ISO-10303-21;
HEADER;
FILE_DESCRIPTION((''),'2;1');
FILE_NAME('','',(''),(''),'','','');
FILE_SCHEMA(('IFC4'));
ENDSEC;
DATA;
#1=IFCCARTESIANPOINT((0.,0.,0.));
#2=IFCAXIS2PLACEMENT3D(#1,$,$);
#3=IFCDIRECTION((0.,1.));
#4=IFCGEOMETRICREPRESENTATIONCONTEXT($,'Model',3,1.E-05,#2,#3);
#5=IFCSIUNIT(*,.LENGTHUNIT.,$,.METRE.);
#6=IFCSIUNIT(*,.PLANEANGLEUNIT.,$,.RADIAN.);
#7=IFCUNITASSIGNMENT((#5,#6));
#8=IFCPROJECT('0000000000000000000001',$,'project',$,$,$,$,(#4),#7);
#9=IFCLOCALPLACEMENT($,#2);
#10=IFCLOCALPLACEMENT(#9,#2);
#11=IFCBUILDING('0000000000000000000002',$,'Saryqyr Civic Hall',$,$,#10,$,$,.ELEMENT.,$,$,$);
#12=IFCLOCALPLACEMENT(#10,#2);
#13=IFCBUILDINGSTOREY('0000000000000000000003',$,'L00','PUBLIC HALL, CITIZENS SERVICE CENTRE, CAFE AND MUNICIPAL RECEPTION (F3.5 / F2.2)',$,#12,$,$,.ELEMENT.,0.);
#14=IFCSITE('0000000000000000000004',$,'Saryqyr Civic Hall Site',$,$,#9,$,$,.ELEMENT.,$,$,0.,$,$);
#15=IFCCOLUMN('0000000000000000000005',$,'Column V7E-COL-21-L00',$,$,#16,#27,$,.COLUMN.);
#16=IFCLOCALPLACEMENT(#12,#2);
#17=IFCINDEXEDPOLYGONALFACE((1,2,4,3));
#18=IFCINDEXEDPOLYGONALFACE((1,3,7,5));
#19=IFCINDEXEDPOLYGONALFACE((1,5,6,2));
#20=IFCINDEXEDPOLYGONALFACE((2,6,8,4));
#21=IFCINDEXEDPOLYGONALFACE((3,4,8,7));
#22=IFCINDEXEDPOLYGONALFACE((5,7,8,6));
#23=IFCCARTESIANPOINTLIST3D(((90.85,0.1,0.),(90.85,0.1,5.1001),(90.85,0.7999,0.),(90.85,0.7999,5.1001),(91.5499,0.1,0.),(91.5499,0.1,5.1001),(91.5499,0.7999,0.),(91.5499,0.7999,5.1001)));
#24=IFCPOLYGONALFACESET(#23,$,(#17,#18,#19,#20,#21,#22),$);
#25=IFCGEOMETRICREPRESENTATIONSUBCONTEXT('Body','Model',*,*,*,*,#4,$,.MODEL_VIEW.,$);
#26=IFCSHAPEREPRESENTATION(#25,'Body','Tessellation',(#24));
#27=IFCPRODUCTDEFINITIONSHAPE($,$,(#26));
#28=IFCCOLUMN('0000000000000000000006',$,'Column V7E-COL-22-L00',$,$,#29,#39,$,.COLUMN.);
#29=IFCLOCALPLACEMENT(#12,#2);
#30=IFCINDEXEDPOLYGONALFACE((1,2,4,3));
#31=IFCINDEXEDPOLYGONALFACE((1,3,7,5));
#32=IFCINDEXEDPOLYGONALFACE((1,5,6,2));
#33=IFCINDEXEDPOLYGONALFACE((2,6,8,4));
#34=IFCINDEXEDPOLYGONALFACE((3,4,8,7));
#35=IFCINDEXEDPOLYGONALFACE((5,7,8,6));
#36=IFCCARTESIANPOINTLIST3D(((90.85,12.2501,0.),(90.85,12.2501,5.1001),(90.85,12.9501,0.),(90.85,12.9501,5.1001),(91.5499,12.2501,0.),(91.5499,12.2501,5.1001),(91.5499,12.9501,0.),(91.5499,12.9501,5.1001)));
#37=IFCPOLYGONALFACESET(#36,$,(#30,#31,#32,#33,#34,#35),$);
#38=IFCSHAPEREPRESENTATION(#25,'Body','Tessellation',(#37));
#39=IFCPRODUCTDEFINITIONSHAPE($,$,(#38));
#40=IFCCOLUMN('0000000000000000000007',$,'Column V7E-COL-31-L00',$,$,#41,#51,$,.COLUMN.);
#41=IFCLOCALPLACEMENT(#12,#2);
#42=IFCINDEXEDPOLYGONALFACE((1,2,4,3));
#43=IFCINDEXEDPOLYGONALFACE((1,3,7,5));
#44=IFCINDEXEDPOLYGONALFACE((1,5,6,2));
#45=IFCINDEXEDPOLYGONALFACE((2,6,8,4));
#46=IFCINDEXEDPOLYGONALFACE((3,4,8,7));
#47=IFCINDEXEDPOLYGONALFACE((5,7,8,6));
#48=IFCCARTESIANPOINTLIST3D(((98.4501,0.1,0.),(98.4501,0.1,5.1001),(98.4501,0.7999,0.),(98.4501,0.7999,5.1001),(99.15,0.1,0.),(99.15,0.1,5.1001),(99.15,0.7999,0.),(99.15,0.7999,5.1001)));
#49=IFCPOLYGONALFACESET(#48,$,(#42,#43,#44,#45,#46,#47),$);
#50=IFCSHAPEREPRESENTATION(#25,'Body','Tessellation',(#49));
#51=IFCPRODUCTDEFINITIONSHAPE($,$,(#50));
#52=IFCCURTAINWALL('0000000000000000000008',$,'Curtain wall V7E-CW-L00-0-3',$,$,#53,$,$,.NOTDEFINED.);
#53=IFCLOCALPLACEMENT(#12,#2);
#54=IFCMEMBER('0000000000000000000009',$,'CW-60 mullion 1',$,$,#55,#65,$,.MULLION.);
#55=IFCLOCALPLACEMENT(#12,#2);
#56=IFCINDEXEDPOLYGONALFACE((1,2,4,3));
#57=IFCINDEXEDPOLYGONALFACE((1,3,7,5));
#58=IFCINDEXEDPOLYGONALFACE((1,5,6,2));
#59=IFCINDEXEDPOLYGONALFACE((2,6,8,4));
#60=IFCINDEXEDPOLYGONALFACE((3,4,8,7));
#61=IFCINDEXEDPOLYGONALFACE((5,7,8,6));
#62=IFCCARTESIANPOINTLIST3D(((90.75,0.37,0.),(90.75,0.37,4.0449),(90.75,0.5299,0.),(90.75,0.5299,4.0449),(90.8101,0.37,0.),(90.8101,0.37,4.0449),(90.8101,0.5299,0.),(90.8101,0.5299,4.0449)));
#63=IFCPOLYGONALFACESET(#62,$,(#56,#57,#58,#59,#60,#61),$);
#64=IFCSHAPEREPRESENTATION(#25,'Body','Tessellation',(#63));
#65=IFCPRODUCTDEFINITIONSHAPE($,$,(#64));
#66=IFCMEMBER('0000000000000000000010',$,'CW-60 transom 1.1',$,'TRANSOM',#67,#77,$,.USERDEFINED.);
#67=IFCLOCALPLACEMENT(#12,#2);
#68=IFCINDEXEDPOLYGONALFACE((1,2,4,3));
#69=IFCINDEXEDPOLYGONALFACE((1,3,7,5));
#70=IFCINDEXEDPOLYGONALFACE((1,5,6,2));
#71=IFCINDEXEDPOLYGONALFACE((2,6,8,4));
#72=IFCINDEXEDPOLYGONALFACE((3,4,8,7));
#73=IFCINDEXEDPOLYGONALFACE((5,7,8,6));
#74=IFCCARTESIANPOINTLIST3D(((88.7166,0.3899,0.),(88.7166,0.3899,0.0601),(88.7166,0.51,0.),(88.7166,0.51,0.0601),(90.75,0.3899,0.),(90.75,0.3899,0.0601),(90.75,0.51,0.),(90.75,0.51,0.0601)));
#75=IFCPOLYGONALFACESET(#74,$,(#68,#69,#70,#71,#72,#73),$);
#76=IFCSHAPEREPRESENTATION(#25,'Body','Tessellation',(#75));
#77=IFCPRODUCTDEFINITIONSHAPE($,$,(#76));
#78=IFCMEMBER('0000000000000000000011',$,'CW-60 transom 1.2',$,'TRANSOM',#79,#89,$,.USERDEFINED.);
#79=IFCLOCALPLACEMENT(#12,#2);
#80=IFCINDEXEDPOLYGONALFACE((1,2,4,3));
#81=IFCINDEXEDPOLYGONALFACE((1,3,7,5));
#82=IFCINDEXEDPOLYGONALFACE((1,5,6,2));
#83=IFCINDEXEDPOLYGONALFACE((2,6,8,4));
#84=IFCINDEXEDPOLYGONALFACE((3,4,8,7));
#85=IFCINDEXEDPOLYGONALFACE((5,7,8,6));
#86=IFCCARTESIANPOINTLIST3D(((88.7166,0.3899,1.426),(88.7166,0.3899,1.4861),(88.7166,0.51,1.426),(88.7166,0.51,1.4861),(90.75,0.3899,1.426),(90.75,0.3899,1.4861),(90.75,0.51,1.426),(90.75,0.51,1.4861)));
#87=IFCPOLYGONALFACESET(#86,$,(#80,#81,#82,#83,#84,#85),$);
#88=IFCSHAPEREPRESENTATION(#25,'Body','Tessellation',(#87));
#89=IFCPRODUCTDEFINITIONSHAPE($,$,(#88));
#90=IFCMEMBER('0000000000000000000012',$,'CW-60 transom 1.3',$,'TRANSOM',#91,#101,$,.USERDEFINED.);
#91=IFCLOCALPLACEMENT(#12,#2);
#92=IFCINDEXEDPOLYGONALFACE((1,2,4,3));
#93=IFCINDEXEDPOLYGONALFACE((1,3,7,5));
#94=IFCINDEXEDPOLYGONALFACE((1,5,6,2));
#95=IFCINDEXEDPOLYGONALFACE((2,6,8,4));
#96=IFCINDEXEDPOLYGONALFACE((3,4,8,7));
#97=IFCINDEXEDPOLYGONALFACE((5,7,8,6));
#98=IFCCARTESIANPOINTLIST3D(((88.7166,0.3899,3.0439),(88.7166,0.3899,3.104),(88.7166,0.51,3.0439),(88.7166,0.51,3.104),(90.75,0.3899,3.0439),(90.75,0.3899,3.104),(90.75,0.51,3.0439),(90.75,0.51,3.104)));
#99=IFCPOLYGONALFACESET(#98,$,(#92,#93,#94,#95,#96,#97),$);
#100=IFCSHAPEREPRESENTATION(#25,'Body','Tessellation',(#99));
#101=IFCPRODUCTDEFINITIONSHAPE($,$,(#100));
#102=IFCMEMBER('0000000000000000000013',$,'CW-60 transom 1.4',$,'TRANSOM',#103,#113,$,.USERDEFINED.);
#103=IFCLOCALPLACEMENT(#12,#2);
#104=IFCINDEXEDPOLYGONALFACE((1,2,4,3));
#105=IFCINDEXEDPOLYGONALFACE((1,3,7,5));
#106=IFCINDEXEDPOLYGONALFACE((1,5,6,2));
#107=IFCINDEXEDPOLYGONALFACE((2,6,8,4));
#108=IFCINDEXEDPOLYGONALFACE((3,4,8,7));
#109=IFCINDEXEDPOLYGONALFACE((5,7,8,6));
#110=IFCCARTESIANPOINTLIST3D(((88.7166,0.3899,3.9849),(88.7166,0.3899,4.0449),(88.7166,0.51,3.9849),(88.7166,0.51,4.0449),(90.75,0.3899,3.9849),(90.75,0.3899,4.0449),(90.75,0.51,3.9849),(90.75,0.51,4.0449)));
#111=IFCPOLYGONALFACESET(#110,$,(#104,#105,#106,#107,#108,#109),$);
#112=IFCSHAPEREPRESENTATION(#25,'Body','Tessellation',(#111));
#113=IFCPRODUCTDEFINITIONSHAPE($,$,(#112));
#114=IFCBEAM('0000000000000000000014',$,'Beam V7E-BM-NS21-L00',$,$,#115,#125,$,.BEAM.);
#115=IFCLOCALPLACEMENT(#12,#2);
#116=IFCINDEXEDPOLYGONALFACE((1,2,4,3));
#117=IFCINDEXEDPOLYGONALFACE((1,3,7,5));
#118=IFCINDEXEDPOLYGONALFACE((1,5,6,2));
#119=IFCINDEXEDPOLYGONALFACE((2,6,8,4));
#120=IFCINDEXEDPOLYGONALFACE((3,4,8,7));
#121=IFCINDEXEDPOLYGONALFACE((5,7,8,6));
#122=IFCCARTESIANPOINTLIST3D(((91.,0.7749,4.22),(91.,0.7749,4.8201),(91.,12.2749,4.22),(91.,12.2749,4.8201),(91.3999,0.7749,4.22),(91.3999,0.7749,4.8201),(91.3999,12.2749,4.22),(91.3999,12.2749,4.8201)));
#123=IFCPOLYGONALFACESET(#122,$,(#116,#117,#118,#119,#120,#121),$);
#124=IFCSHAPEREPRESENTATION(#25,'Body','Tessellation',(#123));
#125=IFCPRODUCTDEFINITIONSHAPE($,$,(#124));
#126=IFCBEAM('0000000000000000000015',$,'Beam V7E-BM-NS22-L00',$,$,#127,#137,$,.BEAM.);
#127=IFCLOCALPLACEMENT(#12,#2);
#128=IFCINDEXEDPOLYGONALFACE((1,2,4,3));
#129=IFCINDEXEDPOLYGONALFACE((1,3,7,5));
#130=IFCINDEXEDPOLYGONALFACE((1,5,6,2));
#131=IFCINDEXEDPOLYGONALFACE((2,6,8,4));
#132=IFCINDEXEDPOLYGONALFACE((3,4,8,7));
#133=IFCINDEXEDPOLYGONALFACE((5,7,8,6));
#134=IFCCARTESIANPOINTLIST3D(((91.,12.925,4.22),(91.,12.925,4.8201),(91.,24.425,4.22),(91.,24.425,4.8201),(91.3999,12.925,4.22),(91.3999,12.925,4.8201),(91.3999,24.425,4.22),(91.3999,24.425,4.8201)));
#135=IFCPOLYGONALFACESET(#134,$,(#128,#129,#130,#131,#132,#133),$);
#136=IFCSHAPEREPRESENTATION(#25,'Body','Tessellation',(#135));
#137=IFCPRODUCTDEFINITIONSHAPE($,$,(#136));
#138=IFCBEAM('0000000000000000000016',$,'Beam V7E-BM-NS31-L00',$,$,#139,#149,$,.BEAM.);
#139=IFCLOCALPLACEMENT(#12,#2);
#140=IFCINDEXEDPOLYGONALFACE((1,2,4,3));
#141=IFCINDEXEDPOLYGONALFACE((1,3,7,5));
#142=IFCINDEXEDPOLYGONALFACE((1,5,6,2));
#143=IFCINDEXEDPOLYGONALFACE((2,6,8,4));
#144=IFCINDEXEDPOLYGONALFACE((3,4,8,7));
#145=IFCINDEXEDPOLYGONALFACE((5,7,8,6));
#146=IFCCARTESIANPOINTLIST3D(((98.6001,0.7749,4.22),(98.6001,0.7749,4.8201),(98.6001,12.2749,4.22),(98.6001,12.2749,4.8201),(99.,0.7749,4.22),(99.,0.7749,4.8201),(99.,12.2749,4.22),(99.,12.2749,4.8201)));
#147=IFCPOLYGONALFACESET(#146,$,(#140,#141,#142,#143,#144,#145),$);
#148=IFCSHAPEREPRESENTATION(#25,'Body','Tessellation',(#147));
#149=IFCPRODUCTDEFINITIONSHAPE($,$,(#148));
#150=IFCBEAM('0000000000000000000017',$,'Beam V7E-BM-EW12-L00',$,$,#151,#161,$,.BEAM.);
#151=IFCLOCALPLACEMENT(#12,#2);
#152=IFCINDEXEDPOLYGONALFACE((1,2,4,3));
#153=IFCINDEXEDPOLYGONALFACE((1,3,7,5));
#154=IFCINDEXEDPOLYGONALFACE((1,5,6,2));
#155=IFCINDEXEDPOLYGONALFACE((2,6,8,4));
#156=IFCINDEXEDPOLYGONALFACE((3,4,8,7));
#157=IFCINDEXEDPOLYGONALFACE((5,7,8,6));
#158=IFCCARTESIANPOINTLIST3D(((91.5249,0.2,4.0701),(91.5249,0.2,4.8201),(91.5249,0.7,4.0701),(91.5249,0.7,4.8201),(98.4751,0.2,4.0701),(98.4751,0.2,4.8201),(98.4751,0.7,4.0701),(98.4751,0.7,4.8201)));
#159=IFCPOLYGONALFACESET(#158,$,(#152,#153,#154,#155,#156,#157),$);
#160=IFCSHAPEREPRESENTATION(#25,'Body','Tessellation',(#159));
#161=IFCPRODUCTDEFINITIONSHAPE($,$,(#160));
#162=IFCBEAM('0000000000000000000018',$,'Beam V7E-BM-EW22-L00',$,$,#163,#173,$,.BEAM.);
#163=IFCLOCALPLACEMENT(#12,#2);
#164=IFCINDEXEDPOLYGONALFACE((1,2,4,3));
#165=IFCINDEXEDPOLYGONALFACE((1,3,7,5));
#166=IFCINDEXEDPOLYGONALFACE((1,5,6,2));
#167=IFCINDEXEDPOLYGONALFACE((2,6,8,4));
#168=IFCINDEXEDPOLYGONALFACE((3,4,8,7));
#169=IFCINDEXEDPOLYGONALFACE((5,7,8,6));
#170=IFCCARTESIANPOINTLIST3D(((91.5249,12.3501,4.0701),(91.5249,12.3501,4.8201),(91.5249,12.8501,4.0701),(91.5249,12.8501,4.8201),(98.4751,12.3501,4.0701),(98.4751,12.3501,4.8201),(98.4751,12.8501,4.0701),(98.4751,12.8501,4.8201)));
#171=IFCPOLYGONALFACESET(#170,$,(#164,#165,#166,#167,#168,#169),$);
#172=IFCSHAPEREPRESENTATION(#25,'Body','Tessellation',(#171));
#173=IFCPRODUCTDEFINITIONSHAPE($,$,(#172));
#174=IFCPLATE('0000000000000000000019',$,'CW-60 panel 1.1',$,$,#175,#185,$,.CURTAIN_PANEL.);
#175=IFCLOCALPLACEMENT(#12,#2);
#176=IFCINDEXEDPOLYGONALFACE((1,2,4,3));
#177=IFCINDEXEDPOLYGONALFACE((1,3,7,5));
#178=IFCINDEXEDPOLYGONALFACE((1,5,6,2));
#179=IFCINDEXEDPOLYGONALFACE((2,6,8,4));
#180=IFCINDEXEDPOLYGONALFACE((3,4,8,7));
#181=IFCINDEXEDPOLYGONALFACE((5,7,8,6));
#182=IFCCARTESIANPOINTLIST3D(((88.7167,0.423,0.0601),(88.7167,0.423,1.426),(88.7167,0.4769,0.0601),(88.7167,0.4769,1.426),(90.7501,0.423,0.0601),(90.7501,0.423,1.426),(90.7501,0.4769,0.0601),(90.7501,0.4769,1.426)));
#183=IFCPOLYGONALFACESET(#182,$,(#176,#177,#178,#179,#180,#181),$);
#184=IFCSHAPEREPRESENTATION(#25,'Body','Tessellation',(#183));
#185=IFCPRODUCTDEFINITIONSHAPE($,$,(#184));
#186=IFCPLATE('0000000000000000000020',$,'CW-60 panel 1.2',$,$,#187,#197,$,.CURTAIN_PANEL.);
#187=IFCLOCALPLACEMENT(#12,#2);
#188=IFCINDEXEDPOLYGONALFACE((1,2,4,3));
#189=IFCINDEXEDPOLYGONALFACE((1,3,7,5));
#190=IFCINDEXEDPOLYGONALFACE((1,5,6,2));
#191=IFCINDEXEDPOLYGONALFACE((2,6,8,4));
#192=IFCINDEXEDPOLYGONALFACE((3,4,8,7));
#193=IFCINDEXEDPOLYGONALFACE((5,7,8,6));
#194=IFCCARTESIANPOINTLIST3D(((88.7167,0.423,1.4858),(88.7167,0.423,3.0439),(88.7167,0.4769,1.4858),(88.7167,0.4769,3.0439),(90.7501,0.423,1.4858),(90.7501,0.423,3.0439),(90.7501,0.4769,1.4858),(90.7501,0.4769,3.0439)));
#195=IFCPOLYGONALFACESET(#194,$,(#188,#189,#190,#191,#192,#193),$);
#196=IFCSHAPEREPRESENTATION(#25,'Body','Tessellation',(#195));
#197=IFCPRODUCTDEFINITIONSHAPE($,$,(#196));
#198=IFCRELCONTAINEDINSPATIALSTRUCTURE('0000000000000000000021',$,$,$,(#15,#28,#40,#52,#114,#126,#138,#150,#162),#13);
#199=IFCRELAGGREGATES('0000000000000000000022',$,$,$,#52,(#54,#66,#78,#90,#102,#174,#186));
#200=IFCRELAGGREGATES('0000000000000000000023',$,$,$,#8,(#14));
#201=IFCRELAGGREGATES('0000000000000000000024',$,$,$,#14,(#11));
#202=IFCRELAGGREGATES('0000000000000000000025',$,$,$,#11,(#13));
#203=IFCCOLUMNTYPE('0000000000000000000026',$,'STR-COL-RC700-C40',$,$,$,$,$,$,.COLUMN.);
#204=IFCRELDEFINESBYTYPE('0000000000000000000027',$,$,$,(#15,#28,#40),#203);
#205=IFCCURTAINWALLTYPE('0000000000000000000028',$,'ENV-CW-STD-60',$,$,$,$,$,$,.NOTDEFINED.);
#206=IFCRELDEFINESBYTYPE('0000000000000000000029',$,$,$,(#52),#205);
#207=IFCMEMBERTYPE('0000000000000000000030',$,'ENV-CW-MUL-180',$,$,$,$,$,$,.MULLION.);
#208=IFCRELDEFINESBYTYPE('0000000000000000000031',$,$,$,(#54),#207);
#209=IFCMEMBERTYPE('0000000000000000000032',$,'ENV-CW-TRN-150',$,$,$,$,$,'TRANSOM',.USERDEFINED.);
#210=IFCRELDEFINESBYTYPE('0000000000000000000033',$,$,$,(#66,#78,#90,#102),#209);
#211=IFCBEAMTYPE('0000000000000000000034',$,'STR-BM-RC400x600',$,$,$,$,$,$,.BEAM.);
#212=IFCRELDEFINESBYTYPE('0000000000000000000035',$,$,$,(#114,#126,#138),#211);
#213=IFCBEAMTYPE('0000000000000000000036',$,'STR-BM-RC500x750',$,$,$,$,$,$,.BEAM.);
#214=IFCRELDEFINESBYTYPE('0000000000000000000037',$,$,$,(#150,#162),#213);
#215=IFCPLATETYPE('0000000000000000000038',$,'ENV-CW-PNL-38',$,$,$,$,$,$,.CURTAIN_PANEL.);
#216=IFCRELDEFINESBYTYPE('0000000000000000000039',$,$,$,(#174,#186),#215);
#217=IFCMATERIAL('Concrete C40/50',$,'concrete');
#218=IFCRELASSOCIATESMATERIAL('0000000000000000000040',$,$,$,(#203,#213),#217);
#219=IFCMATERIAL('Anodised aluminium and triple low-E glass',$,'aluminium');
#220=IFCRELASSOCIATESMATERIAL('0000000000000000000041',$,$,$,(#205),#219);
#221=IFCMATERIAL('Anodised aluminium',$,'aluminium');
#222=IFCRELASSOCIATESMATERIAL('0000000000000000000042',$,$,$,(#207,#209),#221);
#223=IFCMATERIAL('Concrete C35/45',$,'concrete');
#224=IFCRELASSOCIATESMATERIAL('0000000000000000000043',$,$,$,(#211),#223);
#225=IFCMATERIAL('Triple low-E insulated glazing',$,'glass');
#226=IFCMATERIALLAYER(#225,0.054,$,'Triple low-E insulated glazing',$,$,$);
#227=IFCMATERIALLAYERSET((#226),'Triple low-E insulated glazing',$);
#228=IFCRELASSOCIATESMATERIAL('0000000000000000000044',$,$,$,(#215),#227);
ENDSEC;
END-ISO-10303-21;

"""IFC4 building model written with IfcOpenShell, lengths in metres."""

from ifc_helpers import new_model, si_unit, direction, frame, origin, origin_2d, place, context, subcontext, project, spatial, rectangle, extrude, material, layer, layer_set, material_profile, profile_set, type_object, element, aggregate, save


model = new_model("IFC4")

# Units and contexts
model_context = context("Model", 3, precision=1e-05, world=origin(), true_north=direction((0.0, 1.0)))
body_context = subcontext(model_context, "Body", "Model", "MODEL_VIEW")
ifc_project = project(units=[si_unit("LENGTHUNIT", "METRE"), si_unit("PLANEANGLEUNIT", "RADIAN")], contexts=[model_context])

# Site, building, storey
site_placement = place(None, origin())
site = spatial("IfcSite", under=ifc_project, at=site_placement, Name="Saryqyr Civic Hall Site", CompositionType="ELEMENT", RefElevation=0.0)
building_placement = place(site_placement, origin())
building = spatial("IfcBuilding", under=site, at=building_placement, Name="Saryqyr Civic Hall", CompositionType="ELEMENT")
storey_placement = place(building_placement, origin())
storey = spatial("IfcBuildingStorey", under=building, at=storey_placement, Name="L00", Description="PUBLIC HALL, CITIZENS SERVICE CENTRE, CAFE AND MUNICIPAL RECEPTION (F3.5 / F2.2)", CompositionType="ELEMENT", Elevation=0.0)

# Columns
ifc_material_1 = material(Name="Concrete C40/50", Category="concrete")
ifc_material_profile_1 = material_profile(ifc_material_1, rectangle(XDim=0.7, YDim=0.7, at=origin_2d()), Name="RC 700x700")
ifc_profile_set_1 = profile_set([ifc_material_profile_1], Name="Concrete C40/50")
column_type = type_object("IfcColumnType", Name="STR-COL-RC700-C40", PredefinedType="COLUMN", material=ifc_profile_set_1)
for number, where, z_axis, x_axis, name in (
    (1, (91.2, 0.45, 0.0), (0.0, 0.0, 1.0), (1.0, 0.0, 0.0), "Column V7E-COL-21-L00"),
    (2, (91.2, 12.6001, 0.0), (0.0, 0.0, 1.0), (1.0, 0.0, 0.0), "Column V7E-COL-22-L00"),
    (3, (98.8, 0.45, 0.0), (0.0, 0.0, 1.0), (1.0, 0.0, 0.0), "Column V7E-COL-31-L00"),
):
    element("IfcColumn", number, at=place(storey_placement, frame(where, z_axis=z_axis, x_axis=x_axis)), inside=storey, type_object=column_type, Name=name, PredefinedType="COLUMN", context=body_context, shape_type="SweptSolid", body=[
        extrude(rectangle(XDim=0.7, YDim=0.7, at=origin_2d()), origin(), (0.0, 0.0, 1.0), 5.1001),
    ])

# Curtain wall, members
ifc_material_2 = material(Name="Anodised aluminium and triple low-E glass", Category="aluminium")
curtain_wall_type = type_object("IfcCurtainWallType", Name="ENV-CW-STD-60", PredefinedType="NOTDEFINED", material=ifc_material_2)
curtain_wall_placement = place(storey_placement, origin())
curtain_wall = element("IfcCurtainWall", 4, at=curtain_wall_placement, inside=storey, type_object=curtain_wall_type, Name="Curtain wall V7E-CW-L00-0-3", PredefinedType="NOTDEFINED")
ifc_material_3 = material(Name="Anodised aluminium", Category="aluminium")
ifc_material_profile_2 = material_profile(ifc_material_3, rectangle(XDim=0.0601, YDim=0.1599, at=origin_2d()), Name="ALU MULLION 60x160")
ifc_profile_set_2 = profile_set([ifc_material_profile_2], Name="Anodised aluminium")
member_type_1 = type_object("IfcMemberType", Name="ENV-CW-MUL-180", PredefinedType="MULLION", material=ifc_profile_set_2)
member_1_placement = place(storey_placement, frame((90.78, 0.45, 0.0), z_axis=(0.0, 0.0, 1.0), x_axis=(-1.0, 0.0, 0.0)))
member_1 = element("IfcMember", 5, at=member_1_placement, type_object=member_type_1, Name="CW-60 mullion 1", PredefinedType="MULLION", context=body_context, shape_type="SweptSolid", body=[
    extrude(rectangle(XDim=0.0601, YDim=0.1599, at=origin_2d()), origin(), (0.0, 0.0, 1.0), 4.0449),
])
ifc_material_profile_3 = material_profile(ifc_material_3, rectangle(XDim=0.1201, YDim=0.0601, at=origin_2d()), Name="ALU TRANSOM 120x60")
ifc_profile_set_3 = profile_set([ifc_material_profile_3], Name="Anodised aluminium")
member_type_2 = type_object("IfcMemberType", Name="ENV-CW-TRN-150", ElementType="TRANSOM", PredefinedType="USERDEFINED", material=ifc_profile_set_3)
member_2_placement = place(storey_placement, frame((90.75, 0.45, 0.03), z_axis=(-1.0, 0.0, 0.0), x_axis=(0.0, -1.0, 0.0)))
member_2 = element("IfcMember", 6, at=member_2_placement, type_object=member_type_2, Name="CW-60 transom 1.1", ObjectType="TRANSOM", PredefinedType="USERDEFINED", context=body_context, shape_type="SweptSolid", body=[
    extrude(rectangle(XDim=0.1201, YDim=0.0601, at=origin_2d()), origin(), (0.0, 0.0, 1.0), 2.0334),
])
member_3_placement = place(storey_placement, frame((90.75, 0.45, 1.4561), z_axis=(-1.0, 0.0, 0.0), x_axis=(0.0, -1.0, 0.0)))
member_3 = element("IfcMember", 7, at=member_3_placement, type_object=member_type_2, Name="CW-60 transom 1.2", ObjectType="TRANSOM", PredefinedType="USERDEFINED", context=body_context, shape_type="SweptSolid", body=[
    extrude(rectangle(XDim=0.1201, YDim=0.0601, at=origin_2d()), origin(), (0.0, 0.0, 1.0), 2.0334),
])
member_4_placement = place(storey_placement, frame((90.75, 0.45, 3.074), z_axis=(-1.0, 0.0, 0.0), x_axis=(0.0, -1.0, 0.0)))
member_4 = element("IfcMember", 8, at=member_4_placement, type_object=member_type_2, Name="CW-60 transom 1.3", ObjectType="TRANSOM", PredefinedType="USERDEFINED", context=body_context, shape_type="SweptSolid", body=[
    extrude(rectangle(XDim=0.1201, YDim=0.0601, at=origin_2d()), origin(), (0.0, 0.0, 1.0), 2.0334),
])
member_5_placement = place(storey_placement, frame((90.75, 0.45, 4.0149), z_axis=(-1.0, 0.0, 0.0), x_axis=(0.0, -1.0, 0.0)))
member_5 = element("IfcMember", 9, at=member_5_placement, type_object=member_type_2, Name="CW-60 transom 1.4", ObjectType="TRANSOM", PredefinedType="USERDEFINED", context=body_context, shape_type="SweptSolid", body=[
    extrude(rectangle(XDim=0.1201, YDim=0.0601, at=origin_2d()), origin(), (0.0, 0.0, 1.0), 2.0334),
])

# Beams
ifc_material_4 = material(Name="Concrete C35/45", Category="concrete")
ifc_material_profile_4 = material_profile(ifc_material_4, rectangle(XDim=0.3999, YDim=0.6001, at=origin_2d()), Name="RC 400x600")
ifc_profile_set_4 = profile_set([ifc_material_profile_4], Name="Concrete C35/45")
beam_type_1 = type_object("IfcBeamType", Name="STR-BM-RC400x600", PredefinedType="BEAM", material=ifc_profile_set_4)
for number, where, z_axis, x_axis, name in (
    (10, (91.2, 0.7749, 4.52), (0.0, 1.0, 0.0), (-1.0, 0.0, 0.0), "Beam V7E-BM-NS21-L00"),
    (11, (91.2, 12.925, 4.52), (0.0, 1.0, 0.0), (-1.0, 0.0, 0.0), "Beam V7E-BM-NS22-L00"),
    (12, (98.8, 0.7749, 4.52), (0.0, 1.0, 0.0), (-1.0, 0.0, 0.0), "Beam V7E-BM-NS31-L00"),
):
    element("IfcBeam", number, at=place(storey_placement, frame(where, z_axis=z_axis, x_axis=x_axis)), inside=storey, type_object=beam_type_1, Name=name, PredefinedType="BEAM", context=body_context, shape_type="SweptSolid", body=[
        extrude(rectangle(XDim=0.3999, YDim=0.6001, at=origin_2d()), origin(), (0.0, 0.0, 1.0), 11.5),
    ])
ifc_material_profile_5 = material_profile(ifc_material_1, rectangle(XDim=0.5, YDim=0.75, at=origin_2d()), Name="RC 500x750")
ifc_profile_set_5 = profile_set([ifc_material_profile_5], Name="Concrete C40/50")
beam_type_2 = type_object("IfcBeamType", Name="STR-BM-RC500x750", PredefinedType="BEAM", material=ifc_profile_set_5)
for number, where, z_axis, x_axis, name in (
    (13, (91.5249, 0.45, 4.4451), (1.0, 0.0, 0.0), (0.0, 1.0, 0.0), "Beam V7E-BM-EW12-L00"),
    (14, (91.5249, 12.6001, 4.4451), (1.0, 0.0, 0.0), (0.0, 1.0, 0.0), "Beam V7E-BM-EW22-L00"),
):
    element("IfcBeam", number, at=place(storey_placement, frame(where, z_axis=z_axis, x_axis=x_axis)), inside=storey, type_object=beam_type_2, Name=name, PredefinedType="BEAM", context=body_context, shape_type="SweptSolid", body=[
        extrude(rectangle(XDim=0.5, YDim=0.75, at=origin_2d()), origin(), (0.0, 0.0, 1.0), 6.9502),
    ])

# Plates
ifc_material_5 = material(Name="Triple low-E insulated glazing", Category="glass")
ifc_layer_1 = layer(ifc_material_5, 0.054, Name="Triple low-E insulated glazing")
ifc_layer_set_1 = layer_set([ifc_layer_1], Name="Triple low-E insulated glazing")
plate_type = type_object("IfcPlateType", Name="ENV-CW-PNL-38", PredefinedType="CURTAIN_PANEL", material=ifc_layer_set_1)
plate_1_placement = place(storey_placement, frame((89.7334, 0.45, 0.0601), z_axis=(0.0, 0.0, 1.0), x_axis=(-1.0, 0.0, 0.0)))
plate_1 = element("IfcPlate", 15, at=plate_1_placement, type_object=plate_type, Name="CW-60 panel 1.1", PredefinedType="CURTAIN_PANEL", context=body_context, shape_type="SweptSolid", body=[
    extrude(rectangle(XDim=2.0334, YDim=0.054, at=origin_2d()), origin(), (0.0, 0.0, 1.0), 1.366),
])
plate_2_placement = place(storey_placement, frame((89.7334, 0.45, 1.4858), z_axis=(0.0, 0.0, 1.0), x_axis=(-1.0, 0.0, 0.0)))
plate_2 = element("IfcPlate", 16, at=plate_2_placement, type_object=plate_type, Name="CW-60 panel 1.2", PredefinedType="CURTAIN_PANEL", context=body_context, shape_type="SweptSolid", body=[
    extrude(rectangle(XDim=2.0334, YDim=0.054, at=origin_2d()), origin(), (0.0, 0.0, 1.0), 1.5581),
])
aggregate(curtain_wall, [member_1, member_2, member_3, member_4, member_5, plate_1, plate_2])

save(model, "model.ifc")
